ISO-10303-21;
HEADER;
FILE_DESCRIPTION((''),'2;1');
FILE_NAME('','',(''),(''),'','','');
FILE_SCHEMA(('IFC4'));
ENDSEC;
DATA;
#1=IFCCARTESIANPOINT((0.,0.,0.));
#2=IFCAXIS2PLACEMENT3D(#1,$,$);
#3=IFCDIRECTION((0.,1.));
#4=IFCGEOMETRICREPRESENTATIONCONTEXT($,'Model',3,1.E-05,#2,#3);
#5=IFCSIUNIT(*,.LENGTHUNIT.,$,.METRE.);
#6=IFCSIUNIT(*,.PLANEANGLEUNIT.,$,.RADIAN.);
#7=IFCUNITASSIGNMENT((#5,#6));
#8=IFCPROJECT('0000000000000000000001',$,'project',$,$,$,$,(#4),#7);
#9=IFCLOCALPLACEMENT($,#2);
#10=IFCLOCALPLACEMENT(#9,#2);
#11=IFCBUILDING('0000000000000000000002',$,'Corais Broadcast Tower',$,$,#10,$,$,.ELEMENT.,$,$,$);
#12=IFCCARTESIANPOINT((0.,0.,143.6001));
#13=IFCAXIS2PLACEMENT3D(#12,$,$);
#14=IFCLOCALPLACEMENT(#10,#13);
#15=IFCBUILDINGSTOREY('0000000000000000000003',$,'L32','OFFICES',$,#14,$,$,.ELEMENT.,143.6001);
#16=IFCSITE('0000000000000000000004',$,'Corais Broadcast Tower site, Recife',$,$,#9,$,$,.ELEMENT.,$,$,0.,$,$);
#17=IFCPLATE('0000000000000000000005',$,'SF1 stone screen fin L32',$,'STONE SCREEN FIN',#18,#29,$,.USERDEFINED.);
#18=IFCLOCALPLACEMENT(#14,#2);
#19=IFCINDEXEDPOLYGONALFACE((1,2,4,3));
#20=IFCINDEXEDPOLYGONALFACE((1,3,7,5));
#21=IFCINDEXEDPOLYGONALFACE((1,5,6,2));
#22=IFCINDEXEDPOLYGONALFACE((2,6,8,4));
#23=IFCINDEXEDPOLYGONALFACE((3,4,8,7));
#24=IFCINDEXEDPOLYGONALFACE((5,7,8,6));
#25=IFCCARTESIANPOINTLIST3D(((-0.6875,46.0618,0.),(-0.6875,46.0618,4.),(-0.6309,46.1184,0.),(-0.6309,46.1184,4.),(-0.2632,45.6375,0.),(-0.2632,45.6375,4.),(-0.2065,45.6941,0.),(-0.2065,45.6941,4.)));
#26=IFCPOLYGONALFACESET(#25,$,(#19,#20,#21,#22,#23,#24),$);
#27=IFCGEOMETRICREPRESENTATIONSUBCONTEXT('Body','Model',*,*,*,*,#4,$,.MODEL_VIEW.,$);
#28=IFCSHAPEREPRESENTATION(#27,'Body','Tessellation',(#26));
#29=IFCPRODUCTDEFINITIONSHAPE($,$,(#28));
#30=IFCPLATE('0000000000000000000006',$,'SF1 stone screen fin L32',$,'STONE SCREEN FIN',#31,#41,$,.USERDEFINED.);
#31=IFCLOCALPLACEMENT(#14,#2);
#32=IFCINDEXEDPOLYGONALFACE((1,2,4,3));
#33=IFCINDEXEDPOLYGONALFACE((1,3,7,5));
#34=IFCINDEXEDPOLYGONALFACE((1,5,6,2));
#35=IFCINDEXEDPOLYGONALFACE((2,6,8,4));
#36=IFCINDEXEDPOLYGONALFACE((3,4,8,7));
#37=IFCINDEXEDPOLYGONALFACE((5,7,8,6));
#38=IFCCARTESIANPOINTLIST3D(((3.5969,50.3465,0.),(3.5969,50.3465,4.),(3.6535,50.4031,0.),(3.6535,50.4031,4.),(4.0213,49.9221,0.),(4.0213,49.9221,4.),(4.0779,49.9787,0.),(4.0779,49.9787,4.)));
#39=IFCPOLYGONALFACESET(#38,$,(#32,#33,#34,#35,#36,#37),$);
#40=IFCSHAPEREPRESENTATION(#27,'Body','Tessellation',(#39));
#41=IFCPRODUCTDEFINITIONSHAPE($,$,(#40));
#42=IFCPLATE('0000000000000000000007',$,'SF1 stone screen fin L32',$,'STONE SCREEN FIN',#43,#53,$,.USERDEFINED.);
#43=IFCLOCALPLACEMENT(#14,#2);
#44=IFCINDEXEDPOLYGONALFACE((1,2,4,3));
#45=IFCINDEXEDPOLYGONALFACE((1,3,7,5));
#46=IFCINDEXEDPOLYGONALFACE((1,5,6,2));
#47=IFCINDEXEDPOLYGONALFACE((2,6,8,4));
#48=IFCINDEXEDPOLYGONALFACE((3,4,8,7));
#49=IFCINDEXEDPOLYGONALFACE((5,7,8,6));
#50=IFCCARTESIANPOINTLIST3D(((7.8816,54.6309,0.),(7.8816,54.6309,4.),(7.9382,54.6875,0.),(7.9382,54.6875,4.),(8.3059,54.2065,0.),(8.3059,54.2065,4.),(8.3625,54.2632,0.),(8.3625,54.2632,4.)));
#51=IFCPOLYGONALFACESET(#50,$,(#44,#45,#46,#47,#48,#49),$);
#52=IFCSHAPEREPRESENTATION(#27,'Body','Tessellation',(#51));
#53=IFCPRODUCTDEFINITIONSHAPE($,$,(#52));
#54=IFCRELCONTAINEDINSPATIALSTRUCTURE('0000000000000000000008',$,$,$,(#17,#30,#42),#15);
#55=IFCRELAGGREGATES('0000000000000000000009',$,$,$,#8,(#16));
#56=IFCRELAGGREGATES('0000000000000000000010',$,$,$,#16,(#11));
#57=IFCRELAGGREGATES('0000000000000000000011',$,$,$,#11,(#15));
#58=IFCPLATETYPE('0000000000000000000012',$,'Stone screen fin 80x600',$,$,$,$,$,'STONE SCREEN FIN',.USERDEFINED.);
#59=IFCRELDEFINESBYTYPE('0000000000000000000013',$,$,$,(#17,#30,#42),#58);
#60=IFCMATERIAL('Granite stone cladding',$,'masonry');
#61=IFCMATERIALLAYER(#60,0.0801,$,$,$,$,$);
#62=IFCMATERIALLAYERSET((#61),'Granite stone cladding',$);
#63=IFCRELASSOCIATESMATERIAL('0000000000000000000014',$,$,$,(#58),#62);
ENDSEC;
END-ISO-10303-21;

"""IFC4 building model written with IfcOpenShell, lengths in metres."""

from ifc_helpers import new_model, si_unit, direction, frame, origin, origin_2d, place, context, subcontext, project, spatial, rectangle, extrude, material, layer, layer_set, type_object, element, save


model = new_model("IFC4")

# Units and contexts
model_context = context("Model", 3, precision=1e-05, world=origin(), true_north=direction((0.0, 1.0)))
body_context = subcontext(model_context, "Body", "Model", "MODEL_VIEW")
ifc_project = project(units=[si_unit("LENGTHUNIT", "METRE"), si_unit("PLANEANGLEUNIT", "RADIAN")], contexts=[model_context])

# Site, building, storey
site_placement = place(None, origin())
site = spatial("IfcSite", under=ifc_project, at=site_placement, Name="Corais Broadcast Tower site, Recife", CompositionType="ELEMENT", RefElevation=0.0)
building_placement = place(site_placement, origin())
building = spatial("IfcBuilding", under=site, at=building_placement, Name="Corais Broadcast Tower", CompositionType="ELEMENT")
storey_placement = place(building_placement, frame((0.0, 0.0, 143.6001)))
storey = spatial("IfcBuildingStorey", under=building, at=storey_placement, Name="L32", Description="OFFICES", CompositionType="ELEMENT", Elevation=143.6001)

# Plates
ifc_material_1 = material(Name="Granite stone cladding", Category="masonry")
ifc_layer_1 = layer(ifc_material_1, 0.0801)
ifc_layer_set_1 = layer_set([ifc_layer_1], Name="Granite stone cladding")
plate_type_1 = type_object("IfcPlateType", Name="Stone screen fin 80x600", ElementType="STONE SCREEN FIN", PredefinedType="USERDEFINED", material=ifc_layer_set_1)
for number, where, z_axis, x_axis, name in (
    (1, (-0.447, 45.8779, 0.0), (0.0, 0.0, 1.0), (0.707107, 0.707107, 0.0), "SF1 stone screen fin L32"),
    (2, (3.8374, 50.1626, 0.0), (0.0, 0.0, 1.0), (0.707107, 0.707107, 0.0), "SF1 stone screen fin L32"),
    (3, (8.1221, 54.447, 0.0), (0.0, 0.0, 1.0), (0.707107, 0.707107, 0.0), "SF1 stone screen fin L32"),
):
    element("IfcPlate", number, at=place(storey_placement, frame(where, z_axis=z_axis, x_axis=x_axis)), inside=storey, type_object=plate_type_1, Name=name, ObjectType="STONE SCREEN FIN", PredefinedType="USERDEFINED", context=body_context, shape_type="SweptSolid", body=[
        extrude(rectangle(XDim=0.0801, YDim=0.6001, at=origin_2d()), origin(), (0.0, 0.0, 1.0), 4.0),
    ])

save(model, "model.ifc")
